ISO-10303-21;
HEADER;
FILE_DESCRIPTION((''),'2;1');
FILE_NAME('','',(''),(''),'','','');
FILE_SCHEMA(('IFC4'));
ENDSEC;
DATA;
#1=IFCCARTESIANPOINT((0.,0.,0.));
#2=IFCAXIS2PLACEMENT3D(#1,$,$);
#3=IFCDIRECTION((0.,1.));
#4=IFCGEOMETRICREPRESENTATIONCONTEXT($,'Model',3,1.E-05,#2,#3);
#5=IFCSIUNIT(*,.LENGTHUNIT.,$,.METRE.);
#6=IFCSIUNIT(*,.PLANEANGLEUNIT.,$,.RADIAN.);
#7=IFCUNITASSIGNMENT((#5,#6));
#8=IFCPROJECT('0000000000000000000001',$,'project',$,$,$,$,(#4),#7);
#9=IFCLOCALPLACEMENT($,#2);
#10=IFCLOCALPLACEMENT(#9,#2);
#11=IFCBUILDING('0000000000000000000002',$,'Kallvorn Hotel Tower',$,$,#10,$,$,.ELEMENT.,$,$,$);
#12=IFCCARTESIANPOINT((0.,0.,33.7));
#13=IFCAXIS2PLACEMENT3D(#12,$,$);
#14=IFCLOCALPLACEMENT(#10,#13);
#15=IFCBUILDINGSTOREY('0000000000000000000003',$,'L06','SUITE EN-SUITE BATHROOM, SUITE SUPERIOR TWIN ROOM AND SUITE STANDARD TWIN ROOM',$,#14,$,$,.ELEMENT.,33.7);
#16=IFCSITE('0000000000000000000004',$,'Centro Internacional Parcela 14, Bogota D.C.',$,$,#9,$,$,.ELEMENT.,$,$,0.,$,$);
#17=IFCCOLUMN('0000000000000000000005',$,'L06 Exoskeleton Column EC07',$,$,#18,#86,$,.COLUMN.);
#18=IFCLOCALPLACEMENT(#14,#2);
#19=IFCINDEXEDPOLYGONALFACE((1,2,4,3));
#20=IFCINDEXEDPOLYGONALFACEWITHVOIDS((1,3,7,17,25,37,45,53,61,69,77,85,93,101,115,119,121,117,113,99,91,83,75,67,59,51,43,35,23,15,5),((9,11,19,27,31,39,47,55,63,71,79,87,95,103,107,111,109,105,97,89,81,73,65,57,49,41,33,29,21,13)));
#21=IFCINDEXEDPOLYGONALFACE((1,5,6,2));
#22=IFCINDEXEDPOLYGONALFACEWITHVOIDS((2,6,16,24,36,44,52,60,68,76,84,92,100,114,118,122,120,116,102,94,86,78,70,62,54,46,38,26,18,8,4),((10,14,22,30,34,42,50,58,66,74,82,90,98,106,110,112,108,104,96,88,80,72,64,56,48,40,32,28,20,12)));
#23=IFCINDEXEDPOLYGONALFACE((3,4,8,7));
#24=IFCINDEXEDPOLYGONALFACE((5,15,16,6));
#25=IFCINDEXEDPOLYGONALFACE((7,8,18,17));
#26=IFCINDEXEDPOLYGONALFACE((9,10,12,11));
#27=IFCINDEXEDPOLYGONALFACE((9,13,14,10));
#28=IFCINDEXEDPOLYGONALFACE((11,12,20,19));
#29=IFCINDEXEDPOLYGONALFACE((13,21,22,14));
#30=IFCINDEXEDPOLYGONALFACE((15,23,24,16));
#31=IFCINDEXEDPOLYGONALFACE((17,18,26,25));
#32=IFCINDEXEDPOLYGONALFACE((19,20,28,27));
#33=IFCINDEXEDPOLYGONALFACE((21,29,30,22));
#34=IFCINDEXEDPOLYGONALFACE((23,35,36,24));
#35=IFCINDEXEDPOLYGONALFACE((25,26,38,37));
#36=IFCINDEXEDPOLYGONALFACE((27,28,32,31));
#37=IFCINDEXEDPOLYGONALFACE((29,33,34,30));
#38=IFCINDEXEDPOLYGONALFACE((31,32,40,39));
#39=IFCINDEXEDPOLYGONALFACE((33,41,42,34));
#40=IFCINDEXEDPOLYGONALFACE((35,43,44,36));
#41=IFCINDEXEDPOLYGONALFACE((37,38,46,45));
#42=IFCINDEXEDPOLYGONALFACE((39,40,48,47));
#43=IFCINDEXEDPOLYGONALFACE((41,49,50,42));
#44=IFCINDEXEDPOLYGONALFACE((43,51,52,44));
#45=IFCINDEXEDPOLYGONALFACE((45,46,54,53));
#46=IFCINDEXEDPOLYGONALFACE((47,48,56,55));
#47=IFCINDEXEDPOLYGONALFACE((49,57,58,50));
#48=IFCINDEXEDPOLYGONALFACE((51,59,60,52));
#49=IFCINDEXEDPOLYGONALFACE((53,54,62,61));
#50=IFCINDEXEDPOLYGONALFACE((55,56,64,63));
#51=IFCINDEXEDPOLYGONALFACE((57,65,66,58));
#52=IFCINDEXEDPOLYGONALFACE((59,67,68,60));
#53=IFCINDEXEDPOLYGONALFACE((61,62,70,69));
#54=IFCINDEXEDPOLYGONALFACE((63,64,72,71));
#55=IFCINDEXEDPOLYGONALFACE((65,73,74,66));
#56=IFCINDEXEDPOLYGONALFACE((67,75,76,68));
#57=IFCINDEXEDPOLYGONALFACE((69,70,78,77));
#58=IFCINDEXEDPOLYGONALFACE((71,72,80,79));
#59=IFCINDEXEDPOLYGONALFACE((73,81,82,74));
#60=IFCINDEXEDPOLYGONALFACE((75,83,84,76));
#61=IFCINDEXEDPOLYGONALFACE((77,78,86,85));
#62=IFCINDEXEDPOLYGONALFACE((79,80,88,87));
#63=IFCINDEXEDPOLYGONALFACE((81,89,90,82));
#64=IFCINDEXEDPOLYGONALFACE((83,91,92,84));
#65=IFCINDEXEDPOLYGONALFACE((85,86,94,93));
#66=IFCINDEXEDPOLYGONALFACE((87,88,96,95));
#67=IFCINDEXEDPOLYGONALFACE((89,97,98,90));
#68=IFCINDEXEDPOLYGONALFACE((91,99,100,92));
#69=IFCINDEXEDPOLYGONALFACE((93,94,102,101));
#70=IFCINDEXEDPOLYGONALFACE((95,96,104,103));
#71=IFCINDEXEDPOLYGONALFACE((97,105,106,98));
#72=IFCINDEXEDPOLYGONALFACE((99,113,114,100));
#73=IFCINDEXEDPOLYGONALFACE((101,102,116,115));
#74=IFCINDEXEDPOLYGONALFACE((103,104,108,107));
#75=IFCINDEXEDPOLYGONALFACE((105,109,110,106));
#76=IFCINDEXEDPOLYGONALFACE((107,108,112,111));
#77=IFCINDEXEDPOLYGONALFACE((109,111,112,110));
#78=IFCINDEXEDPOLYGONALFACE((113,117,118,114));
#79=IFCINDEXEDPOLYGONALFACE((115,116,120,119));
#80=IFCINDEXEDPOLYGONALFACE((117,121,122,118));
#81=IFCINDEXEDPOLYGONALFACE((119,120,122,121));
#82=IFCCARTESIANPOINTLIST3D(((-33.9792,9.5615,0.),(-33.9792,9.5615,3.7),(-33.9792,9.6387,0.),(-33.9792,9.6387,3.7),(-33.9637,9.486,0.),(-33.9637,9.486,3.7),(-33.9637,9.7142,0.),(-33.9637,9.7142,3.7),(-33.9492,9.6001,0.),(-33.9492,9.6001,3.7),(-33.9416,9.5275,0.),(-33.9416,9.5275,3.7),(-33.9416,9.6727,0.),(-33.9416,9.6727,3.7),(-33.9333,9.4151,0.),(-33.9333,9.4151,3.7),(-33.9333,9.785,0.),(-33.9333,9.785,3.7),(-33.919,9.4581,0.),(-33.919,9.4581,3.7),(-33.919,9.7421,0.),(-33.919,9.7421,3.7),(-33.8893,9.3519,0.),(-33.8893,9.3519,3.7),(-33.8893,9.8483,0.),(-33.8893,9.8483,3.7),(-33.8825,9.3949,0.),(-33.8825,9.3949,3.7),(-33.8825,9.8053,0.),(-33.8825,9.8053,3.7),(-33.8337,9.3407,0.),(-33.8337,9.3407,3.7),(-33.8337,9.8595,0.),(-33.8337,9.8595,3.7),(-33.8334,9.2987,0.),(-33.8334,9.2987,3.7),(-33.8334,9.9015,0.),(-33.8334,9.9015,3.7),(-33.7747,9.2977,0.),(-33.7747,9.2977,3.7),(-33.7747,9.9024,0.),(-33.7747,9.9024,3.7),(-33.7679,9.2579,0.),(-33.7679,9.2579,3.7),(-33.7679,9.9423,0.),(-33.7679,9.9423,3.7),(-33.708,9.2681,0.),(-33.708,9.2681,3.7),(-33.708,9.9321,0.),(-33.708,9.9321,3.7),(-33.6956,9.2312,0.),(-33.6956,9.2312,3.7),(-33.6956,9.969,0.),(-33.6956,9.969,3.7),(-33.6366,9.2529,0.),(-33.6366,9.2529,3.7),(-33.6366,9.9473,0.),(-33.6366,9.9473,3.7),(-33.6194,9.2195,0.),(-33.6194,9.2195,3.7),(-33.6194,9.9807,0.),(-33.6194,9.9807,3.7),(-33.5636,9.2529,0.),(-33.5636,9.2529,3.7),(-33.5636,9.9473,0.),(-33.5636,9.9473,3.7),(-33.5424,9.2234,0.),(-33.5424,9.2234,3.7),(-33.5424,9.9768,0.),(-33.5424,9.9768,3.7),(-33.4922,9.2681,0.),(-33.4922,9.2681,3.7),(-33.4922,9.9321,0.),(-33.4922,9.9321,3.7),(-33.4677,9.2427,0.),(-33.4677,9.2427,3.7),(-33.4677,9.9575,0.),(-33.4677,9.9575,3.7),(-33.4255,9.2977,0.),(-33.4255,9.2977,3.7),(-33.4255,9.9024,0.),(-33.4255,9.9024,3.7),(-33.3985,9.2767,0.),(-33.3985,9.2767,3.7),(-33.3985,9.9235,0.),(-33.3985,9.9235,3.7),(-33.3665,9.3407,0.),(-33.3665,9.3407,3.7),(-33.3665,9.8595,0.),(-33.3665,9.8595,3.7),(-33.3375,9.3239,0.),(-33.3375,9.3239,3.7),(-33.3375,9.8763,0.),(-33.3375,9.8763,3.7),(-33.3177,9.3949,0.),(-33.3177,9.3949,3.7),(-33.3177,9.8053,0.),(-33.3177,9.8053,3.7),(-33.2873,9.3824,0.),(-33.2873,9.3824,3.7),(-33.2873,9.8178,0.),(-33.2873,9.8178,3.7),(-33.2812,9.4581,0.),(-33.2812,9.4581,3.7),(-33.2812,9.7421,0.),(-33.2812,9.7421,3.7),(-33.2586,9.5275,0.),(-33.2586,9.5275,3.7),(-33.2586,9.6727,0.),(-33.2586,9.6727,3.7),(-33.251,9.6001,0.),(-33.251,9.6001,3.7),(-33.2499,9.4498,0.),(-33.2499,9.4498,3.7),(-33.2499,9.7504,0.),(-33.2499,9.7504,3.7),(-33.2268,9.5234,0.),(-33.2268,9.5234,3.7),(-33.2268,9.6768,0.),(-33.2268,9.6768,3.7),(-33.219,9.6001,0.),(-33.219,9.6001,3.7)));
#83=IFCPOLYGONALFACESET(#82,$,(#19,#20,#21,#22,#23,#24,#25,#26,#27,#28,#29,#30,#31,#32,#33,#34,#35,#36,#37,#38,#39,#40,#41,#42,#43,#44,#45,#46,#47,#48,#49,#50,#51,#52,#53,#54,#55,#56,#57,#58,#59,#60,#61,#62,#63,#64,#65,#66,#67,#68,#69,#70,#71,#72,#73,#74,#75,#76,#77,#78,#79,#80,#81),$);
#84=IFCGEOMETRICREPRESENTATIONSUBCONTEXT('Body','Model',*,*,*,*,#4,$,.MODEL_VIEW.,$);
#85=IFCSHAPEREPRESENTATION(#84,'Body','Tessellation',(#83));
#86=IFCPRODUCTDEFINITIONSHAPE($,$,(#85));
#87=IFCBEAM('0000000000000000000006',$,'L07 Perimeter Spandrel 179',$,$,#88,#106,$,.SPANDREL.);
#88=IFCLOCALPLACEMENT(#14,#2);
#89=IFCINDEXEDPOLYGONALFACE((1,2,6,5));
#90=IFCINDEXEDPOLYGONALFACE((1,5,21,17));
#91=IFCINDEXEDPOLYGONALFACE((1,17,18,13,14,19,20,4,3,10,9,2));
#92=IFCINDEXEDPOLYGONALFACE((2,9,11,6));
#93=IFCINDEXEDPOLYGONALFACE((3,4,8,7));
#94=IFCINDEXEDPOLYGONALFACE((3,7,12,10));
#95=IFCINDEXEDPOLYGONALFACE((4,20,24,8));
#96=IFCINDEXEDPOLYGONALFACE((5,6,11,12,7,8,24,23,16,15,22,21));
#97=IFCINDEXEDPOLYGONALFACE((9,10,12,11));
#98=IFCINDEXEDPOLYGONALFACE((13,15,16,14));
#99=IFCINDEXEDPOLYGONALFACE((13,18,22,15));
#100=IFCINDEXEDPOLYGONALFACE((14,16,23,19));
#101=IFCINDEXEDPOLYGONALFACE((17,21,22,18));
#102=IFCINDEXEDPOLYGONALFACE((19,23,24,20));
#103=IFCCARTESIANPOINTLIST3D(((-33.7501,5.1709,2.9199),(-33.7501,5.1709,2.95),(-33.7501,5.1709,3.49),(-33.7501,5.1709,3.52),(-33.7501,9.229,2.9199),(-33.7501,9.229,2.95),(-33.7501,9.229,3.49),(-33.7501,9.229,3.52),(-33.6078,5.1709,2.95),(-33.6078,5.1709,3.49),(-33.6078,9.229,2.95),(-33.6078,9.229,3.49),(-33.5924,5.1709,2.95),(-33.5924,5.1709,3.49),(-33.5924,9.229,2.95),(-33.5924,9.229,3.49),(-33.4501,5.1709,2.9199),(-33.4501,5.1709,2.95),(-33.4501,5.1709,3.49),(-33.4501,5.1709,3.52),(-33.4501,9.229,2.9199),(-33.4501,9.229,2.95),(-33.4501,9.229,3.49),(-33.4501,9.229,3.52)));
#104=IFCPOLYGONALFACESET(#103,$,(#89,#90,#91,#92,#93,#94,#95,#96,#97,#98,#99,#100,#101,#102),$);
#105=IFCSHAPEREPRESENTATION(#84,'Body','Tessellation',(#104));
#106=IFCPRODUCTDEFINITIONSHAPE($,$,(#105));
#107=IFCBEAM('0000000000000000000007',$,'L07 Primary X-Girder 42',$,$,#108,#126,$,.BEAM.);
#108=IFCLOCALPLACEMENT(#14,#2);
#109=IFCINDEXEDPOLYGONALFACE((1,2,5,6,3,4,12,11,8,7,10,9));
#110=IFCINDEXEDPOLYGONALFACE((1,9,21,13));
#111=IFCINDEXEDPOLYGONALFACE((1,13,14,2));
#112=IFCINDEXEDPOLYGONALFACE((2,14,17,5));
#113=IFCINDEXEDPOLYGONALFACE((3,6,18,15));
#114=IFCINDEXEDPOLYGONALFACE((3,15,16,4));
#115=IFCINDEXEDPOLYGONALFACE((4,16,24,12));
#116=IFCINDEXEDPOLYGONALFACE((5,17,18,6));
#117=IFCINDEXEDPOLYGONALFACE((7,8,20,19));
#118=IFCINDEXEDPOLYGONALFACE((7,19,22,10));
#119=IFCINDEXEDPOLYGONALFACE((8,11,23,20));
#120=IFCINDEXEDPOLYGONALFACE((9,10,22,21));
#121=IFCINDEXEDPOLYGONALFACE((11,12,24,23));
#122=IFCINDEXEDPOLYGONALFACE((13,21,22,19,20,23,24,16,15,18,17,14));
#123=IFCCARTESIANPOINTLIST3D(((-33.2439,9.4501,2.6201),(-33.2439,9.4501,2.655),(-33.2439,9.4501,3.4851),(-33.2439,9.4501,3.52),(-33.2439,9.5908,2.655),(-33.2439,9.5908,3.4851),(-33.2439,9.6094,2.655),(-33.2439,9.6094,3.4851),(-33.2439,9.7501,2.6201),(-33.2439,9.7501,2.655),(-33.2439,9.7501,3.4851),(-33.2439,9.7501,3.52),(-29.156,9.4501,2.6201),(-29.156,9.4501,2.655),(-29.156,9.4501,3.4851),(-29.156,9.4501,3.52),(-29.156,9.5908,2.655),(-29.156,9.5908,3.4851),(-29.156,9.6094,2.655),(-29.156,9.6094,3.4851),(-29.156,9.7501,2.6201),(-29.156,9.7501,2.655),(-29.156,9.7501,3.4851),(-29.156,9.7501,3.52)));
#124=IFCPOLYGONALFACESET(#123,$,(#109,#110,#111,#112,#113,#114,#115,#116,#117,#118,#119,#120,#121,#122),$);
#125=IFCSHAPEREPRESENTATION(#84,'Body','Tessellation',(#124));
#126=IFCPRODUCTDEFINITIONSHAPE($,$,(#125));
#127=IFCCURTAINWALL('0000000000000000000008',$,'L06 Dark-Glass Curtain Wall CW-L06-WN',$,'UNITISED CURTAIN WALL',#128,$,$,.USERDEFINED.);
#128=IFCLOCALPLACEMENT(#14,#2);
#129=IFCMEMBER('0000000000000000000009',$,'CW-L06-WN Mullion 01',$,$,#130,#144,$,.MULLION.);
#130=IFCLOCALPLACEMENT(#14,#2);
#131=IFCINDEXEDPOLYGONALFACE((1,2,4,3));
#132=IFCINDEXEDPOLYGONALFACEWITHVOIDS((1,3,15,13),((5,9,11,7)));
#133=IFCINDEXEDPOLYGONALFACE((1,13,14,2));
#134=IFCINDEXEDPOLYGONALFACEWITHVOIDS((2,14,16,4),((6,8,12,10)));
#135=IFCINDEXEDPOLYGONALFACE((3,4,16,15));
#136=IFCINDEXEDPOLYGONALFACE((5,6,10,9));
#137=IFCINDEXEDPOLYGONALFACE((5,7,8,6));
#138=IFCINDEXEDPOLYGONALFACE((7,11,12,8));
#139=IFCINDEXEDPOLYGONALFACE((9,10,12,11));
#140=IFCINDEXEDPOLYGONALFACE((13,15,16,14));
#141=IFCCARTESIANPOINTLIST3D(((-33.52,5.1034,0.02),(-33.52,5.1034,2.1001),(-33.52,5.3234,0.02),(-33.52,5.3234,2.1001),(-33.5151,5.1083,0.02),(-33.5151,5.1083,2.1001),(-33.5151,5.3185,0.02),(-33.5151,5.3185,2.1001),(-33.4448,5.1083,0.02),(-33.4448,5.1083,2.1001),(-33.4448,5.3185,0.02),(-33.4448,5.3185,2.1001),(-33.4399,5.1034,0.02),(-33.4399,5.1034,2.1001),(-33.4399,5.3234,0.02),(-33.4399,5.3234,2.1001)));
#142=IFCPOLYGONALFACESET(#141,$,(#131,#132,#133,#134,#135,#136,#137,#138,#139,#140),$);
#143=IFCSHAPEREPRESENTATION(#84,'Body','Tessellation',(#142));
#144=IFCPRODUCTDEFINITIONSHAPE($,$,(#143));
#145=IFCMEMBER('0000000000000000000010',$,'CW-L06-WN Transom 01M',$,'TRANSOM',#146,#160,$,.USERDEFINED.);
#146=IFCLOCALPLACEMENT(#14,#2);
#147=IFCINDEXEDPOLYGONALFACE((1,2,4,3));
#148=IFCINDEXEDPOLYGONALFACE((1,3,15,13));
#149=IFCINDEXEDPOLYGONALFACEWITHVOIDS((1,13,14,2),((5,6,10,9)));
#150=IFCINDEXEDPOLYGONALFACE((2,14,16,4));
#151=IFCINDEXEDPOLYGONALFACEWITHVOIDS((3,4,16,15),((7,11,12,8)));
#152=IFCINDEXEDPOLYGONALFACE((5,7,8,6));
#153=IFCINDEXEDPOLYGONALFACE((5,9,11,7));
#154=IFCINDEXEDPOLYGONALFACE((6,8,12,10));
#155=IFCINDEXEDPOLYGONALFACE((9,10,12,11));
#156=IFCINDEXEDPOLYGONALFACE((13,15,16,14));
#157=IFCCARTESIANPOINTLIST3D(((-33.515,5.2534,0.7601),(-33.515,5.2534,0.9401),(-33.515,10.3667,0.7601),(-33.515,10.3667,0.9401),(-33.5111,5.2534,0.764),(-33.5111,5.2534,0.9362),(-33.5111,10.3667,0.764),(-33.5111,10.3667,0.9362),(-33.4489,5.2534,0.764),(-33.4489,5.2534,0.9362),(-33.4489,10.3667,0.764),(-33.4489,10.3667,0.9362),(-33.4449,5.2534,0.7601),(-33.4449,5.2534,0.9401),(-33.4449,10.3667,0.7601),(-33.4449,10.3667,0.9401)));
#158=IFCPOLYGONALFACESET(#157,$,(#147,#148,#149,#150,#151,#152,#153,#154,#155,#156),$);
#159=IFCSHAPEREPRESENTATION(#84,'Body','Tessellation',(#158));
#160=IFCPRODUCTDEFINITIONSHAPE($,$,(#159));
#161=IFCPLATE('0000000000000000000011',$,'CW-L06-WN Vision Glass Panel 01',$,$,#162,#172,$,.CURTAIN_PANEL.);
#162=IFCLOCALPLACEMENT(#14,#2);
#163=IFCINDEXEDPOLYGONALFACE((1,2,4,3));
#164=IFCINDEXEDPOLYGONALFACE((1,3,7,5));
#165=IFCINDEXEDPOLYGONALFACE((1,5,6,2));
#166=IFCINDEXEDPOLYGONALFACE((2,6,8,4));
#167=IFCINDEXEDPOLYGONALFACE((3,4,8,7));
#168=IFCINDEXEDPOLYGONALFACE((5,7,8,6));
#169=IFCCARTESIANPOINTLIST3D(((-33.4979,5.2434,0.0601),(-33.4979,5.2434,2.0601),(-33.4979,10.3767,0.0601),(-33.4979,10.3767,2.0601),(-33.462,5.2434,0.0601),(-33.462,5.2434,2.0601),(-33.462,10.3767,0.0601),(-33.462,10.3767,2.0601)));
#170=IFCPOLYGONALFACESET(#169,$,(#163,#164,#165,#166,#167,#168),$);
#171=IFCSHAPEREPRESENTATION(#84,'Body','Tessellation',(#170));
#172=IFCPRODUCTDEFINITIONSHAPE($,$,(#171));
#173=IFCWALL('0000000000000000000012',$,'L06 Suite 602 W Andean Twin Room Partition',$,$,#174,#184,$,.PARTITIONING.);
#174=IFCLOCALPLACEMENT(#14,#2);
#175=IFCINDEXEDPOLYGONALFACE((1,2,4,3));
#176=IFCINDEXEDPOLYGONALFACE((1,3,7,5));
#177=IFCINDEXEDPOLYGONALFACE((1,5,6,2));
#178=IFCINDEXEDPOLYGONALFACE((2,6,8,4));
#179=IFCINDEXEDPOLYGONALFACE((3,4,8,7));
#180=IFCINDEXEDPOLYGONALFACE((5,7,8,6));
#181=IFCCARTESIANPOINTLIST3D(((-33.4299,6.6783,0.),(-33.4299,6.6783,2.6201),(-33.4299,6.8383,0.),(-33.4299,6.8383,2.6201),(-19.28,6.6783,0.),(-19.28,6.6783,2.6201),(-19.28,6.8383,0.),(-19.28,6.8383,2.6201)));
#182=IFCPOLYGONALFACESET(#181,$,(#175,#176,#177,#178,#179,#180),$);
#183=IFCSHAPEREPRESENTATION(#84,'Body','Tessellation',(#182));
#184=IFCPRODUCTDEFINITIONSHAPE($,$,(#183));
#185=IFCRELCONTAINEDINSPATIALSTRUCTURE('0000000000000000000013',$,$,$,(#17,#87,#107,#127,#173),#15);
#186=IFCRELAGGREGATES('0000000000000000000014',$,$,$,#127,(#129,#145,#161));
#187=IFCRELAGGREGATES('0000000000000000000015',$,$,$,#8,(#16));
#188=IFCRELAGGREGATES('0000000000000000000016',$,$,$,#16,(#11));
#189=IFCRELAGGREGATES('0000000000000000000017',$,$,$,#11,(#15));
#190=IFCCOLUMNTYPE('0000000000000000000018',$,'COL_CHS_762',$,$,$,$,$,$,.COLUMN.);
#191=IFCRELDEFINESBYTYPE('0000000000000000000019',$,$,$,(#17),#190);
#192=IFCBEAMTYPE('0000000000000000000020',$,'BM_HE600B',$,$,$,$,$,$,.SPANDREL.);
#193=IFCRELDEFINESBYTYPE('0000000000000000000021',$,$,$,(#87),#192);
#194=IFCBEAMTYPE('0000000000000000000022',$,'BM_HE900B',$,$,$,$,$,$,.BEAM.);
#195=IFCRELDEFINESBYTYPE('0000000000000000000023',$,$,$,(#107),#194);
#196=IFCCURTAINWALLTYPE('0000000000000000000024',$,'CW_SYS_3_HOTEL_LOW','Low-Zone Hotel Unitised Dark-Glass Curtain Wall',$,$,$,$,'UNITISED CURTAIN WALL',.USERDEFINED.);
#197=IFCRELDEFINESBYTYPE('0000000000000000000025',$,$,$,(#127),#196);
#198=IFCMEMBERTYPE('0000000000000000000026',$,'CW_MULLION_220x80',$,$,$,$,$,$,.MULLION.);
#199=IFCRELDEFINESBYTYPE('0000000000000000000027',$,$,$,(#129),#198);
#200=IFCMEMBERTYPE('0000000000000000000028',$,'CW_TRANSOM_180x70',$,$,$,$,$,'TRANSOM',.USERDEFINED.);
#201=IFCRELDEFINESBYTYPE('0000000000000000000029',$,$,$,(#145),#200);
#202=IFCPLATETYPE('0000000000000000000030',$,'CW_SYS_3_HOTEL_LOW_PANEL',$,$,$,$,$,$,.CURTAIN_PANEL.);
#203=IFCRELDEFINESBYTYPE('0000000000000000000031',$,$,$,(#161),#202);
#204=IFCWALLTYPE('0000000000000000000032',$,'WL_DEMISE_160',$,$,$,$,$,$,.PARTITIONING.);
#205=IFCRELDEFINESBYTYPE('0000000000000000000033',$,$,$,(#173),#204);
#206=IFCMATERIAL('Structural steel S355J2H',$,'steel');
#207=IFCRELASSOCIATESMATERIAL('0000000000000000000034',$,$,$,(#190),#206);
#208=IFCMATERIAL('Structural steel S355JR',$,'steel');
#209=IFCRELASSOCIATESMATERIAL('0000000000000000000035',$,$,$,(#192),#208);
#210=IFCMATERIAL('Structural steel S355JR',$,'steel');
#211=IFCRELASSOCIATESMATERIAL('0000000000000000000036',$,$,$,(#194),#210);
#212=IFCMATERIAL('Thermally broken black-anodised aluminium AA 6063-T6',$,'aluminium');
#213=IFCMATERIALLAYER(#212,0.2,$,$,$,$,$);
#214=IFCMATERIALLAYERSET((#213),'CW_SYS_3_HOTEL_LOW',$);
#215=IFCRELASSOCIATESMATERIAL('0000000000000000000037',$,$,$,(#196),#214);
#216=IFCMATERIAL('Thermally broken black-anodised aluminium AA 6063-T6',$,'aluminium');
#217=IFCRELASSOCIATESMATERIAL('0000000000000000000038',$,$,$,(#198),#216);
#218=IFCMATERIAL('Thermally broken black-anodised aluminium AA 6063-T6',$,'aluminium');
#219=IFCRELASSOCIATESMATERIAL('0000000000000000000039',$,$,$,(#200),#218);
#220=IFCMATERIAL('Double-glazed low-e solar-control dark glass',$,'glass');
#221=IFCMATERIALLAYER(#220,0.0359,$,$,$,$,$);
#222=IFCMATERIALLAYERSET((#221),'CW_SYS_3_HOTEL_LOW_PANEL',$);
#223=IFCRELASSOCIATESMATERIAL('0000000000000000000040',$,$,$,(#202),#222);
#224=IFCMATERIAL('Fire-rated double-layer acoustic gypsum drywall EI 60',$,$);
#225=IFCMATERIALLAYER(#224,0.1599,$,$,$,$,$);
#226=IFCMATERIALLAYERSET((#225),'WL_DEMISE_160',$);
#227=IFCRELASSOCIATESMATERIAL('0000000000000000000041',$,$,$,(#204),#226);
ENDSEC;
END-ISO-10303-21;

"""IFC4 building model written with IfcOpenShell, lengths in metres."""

from ifc_helpers import new_model, si_unit, direction, frame, frame_2d, origin, origin_2d, place, context, subcontext, project, spatial, rectangle, hollow_rectangle, hollow_circle, i_section, extrude, material, layer, layer_set, material_profile, profile_set, type_object, element, aggregate, save


model = new_model("IFC4")

# Units and contexts
model_context = context("Model", 3, precision=1e-05, world=origin(), true_north=direction((0.0, 1.0)))
body_context = subcontext(model_context, "Body", "Model", "MODEL_VIEW")
ifc_project = project(units=[si_unit("LENGTHUNIT", "METRE"), si_unit("PLANEANGLEUNIT", "RADIAN")], contexts=[model_context])

# Site, building, storey
site_placement = place(None, origin())
site = spatial("IfcSite", under=ifc_project, at=site_placement, Name="Centro Internacional Parcela 14, Bogota D.C.", CompositionType="ELEMENT", RefElevation=0.0)
building_placement = place(site_placement, origin())
building = spatial("IfcBuilding", under=site, at=building_placement, Name="Kallvorn Hotel Tower", CompositionType="ELEMENT")
storey_placement = place(building_placement, frame((0.0, 0.0, 33.7)))
storey = spatial("IfcBuildingStorey", under=building, at=storey_placement, Name="L06", Description="SUITE EN-SUITE BATHROOM, SUITE SUPERIOR TWIN ROOM AND SUITE STANDARD TWIN ROOM", CompositionType="ELEMENT", Elevation=33.7)

# Column
ifc_material_1 = material(Name="Structural steel S355J2H", Category="steel")
ifc_material_profile_1 = material_profile(ifc_material_1, hollow_circle(Radius=0.3811, WallThickness=0.032, at=origin_2d()), Name="CHS 762x32")
ifc_profile_set_1 = profile_set([ifc_material_profile_1], Name="Structural steel S355J2H")
column_type = type_object("IfcColumnType", Name="COL_CHS_762", PredefinedType="COLUMN", material=ifc_profile_set_1)
column_placement = place(storey_placement, frame((-33.6001, 9.6001, 0.0), z_axis=(0.0, 0.0, 1.0), x_axis=(1.0, 0.0, 0.0)))
element("IfcColumn", 1, at=column_placement, inside=storey, type_object=column_type, Name="L06 Exoskeleton Column EC07", PredefinedType="COLUMN", context=body_context, shape_type="SweptSolid", body=[
    extrude(hollow_circle(Radius=0.3811, WallThickness=0.032, at=origin_2d()), origin(), (0.0, 0.0, 1.0), 3.7),
])

# Beams
ifc_material_2 = material(Name="Structural steel S355JR", Category="steel")
ifc_material_profile_2 = material_profile(ifc_material_2, i_section(OverallWidth=0.3, OverallDepth=0.6001, WebThickness=0.0154, FlangeThickness=0.03, at=origin_2d()), Name="HE 600 B")
ifc_profile_set_2 = profile_set([ifc_material_profile_2], Name="Structural steel S355JR")
beam_type_1 = type_object("IfcBeamType", Name="BM_HE600B", PredefinedType="SPANDREL", material=ifc_profile_set_2)
beam_1_placement = place(storey_placement, frame((-33.6001, 5.1709, 3.22), z_axis=(0.0, 1.0, 0.0), x_axis=(-1.0, 0.0, 0.0)))
element("IfcBeam", 2, at=beam_1_placement, inside=storey, type_object=beam_type_1, Name="L07 Perimeter Spandrel 179", PredefinedType="SPANDREL", context=body_context, shape_type="SweptSolid", body=[
    extrude(i_section(OverallWidth=0.3, OverallDepth=0.6001, WebThickness=0.0154, FlangeThickness=0.03, at=origin_2d()), origin(), (0.0, 0.0, 1.0), 4.0581),
])
ifc_material_3 = material(Name="Structural steel S355JR", Category="steel")
ifc_material_profile_3 = material_profile(ifc_material_3, i_section(OverallWidth=0.3, OverallDepth=0.8999, WebThickness=0.0186, FlangeThickness=0.0349, at=origin_2d()), Name="HE 900 B")
ifc_profile_set_3 = profile_set([ifc_material_profile_3], Name="Structural steel S355JR")
beam_type_2 = type_object("IfcBeamType", Name="BM_HE900B", PredefinedType="BEAM", material=ifc_profile_set_3)
beam_2_placement = place(storey_placement, frame((-33.2439, 9.6001, 3.0701), z_axis=(1.0, 0.0, 0.0), x_axis=(0.0, 1.0, 0.0)))
element("IfcBeam", 3, at=beam_2_placement, inside=storey, type_object=beam_type_2, Name="L07 Primary X-Girder 42", PredefinedType="BEAM", context=body_context, shape_type="SweptSolid", body=[
    extrude(i_section(OverallWidth=0.3, OverallDepth=0.8999, WebThickness=0.0186, FlangeThickness=0.0349, at=origin_2d()), origin(), (0.0, 0.0, 1.0), 4.0879),
])

# Curtain wall, members, plate
ifc_material_4 = material(Name="Thermally broken black-anodised aluminium AA 6063-T6", Category="aluminium")
ifc_layer_1 = layer(ifc_material_4, 0.2)
ifc_layer_set_1 = layer_set([ifc_layer_1], Name="CW_SYS_3_HOTEL_LOW")
curtain_wall_type = type_object("IfcCurtainWallType", Name="CW_SYS_3_HOTEL_LOW", Description="Low-Zone Hotel Unitised Dark-Glass Curtain Wall", ElementType="UNITISED CURTAIN WALL", PredefinedType="USERDEFINED", material=ifc_layer_set_1)
curtain_wall_placement = place(storey_placement, origin())
curtain_wall = element("IfcCurtainWall", 4, at=curtain_wall_placement, inside=storey, type_object=curtain_wall_type, Name="L06 Dark-Glass Curtain Wall CW-L06-WN", ObjectType="UNITISED CURTAIN WALL", PredefinedType="USERDEFINED")
ifc_material_5 = material(Name="Thermally broken black-anodised aluminium AA 6063-T6", Category="aluminium")
ifc_material_profile_4 = material_profile(ifc_material_5, hollow_rectangle(XDim=0.0801, YDim=0.22, WallThickness=0.0049, at=origin_2d()), Name="MUL 220x80")
ifc_profile_set_4 = profile_set([ifc_material_profile_4], Name="Thermally broken black-anodised aluminium AA 6063-T6")
member_type_1 = type_object("IfcMemberType", Name="CW_MULLION_220x80", PredefinedType="MULLION", material=ifc_profile_set_4)
member_1_placement = place(storey_placement, frame((-33.48, 5.2134, 0.02), z_axis=(0.0, 0.0, 1.0), x_axis=(1.0, 0.0, 0.0)))
member_1 = element("IfcMember", 5, at=member_1_placement, type_object=member_type_1, Name="CW-L06-WN Mullion 01", PredefinedType="MULLION", context=body_context, shape_type="SweptSolid", body=[
    extrude(hollow_rectangle(XDim=0.0801, YDim=0.22, WallThickness=0.0049, at=origin_2d()), origin(), (0.0, 0.0, 1.0), 2.0801),
])
ifc_material_6 = material(Name="Thermally broken black-anodised aluminium AA 6063-T6", Category="aluminium")
ifc_material_profile_5 = material_profile(ifc_material_6, hollow_rectangle(XDim=0.0701, YDim=0.1799, WallThickness=0.0039, at=origin_2d()), Name="TRN 180x70")
ifc_profile_set_5 = profile_set([ifc_material_profile_5], Name="Thermally broken black-anodised aluminium AA 6063-T6")
member_type_2 = type_object("IfcMemberType", Name="CW_TRANSOM_180x70", ElementType="TRANSOM", PredefinedType="USERDEFINED", material=ifc_profile_set_5)
member_2_placement = place(storey_placement, frame((-33.48, 5.2534, 0.8501), z_axis=(0.0, 1.0, 0.0), x_axis=(-1.0, 0.0, 0.0)))
member_2 = element("IfcMember", 6, at=member_2_placement, type_object=member_type_2, Name="CW-L06-WN Transom 01M", ObjectType="TRANSOM", PredefinedType="USERDEFINED", context=body_context, shape_type="SweptSolid", body=[
    extrude(hollow_rectangle(XDim=0.0701, YDim=0.1799, WallThickness=0.0039, at=origin_2d()), origin(), (0.0, 0.0, 1.0), 5.1133),
])
ifc_material_7 = material(Name="Double-glazed low-e solar-control dark glass", Category="glass")
ifc_layer_2 = layer(ifc_material_7, 0.0359)
ifc_layer_set_2 = layer_set([ifc_layer_2], Name="CW_SYS_3_HOTEL_LOW_PANEL")
plate_type = type_object("IfcPlateType", Name="CW_SYS_3_HOTEL_LOW_PANEL", PredefinedType="CURTAIN_PANEL", material=ifc_layer_set_2)
plate_placement = place(storey_placement, frame((-33.48, 7.8101, 0.0601), z_axis=(0.0, 0.0, 1.0), x_axis=(0.0, 1.0, 0.0)))
plate = element("IfcPlate", 7, at=plate_placement, type_object=plate_type, Name="CW-L06-WN Vision Glass Panel 01", PredefinedType="CURTAIN_PANEL", context=body_context, shape_type="SweptSolid", body=[
    extrude(rectangle(XDim=5.1333, YDim=0.0359, at=origin_2d()), origin(), (0.0, 0.0, 1.0), 2.0),
])
aggregate(curtain_wall, [member_1, member_2, plate])

# Wall
ifc_material_8 = material(Name="Fire-rated double-layer acoustic gypsum drywall EI 60")
ifc_layer_3 = layer(ifc_material_8, 0.1599)
ifc_layer_set_3 = layer_set([ifc_layer_3], Name="WL_DEMISE_160")
wall_type = type_object("IfcWallType", Name="WL_DEMISE_160", PredefinedType="PARTITIONING", material=ifc_layer_set_3)
wall_1_placement = place(storey_placement, frame((-33.4299, 6.7583, 0.0), z_axis=(0.0, 0.0, 1.0), x_axis=(1.0, 0.0, 0.0)))
element("IfcWall", 8, at=wall_1_placement, inside=storey, type_object=wall_type, Name="L06 Suite 602 W Andean Twin Room Partition", PredefinedType="PARTITIONING", context=body_context, shape_type="SweptSolid", body=[
    extrude(rectangle(XDim=14.1499, YDim=0.1599, at=frame_2d((7.075, 0.0))), origin(), (0.0, 0.0, 1.0), 2.6201),
])

save(model, "model.ifc")
